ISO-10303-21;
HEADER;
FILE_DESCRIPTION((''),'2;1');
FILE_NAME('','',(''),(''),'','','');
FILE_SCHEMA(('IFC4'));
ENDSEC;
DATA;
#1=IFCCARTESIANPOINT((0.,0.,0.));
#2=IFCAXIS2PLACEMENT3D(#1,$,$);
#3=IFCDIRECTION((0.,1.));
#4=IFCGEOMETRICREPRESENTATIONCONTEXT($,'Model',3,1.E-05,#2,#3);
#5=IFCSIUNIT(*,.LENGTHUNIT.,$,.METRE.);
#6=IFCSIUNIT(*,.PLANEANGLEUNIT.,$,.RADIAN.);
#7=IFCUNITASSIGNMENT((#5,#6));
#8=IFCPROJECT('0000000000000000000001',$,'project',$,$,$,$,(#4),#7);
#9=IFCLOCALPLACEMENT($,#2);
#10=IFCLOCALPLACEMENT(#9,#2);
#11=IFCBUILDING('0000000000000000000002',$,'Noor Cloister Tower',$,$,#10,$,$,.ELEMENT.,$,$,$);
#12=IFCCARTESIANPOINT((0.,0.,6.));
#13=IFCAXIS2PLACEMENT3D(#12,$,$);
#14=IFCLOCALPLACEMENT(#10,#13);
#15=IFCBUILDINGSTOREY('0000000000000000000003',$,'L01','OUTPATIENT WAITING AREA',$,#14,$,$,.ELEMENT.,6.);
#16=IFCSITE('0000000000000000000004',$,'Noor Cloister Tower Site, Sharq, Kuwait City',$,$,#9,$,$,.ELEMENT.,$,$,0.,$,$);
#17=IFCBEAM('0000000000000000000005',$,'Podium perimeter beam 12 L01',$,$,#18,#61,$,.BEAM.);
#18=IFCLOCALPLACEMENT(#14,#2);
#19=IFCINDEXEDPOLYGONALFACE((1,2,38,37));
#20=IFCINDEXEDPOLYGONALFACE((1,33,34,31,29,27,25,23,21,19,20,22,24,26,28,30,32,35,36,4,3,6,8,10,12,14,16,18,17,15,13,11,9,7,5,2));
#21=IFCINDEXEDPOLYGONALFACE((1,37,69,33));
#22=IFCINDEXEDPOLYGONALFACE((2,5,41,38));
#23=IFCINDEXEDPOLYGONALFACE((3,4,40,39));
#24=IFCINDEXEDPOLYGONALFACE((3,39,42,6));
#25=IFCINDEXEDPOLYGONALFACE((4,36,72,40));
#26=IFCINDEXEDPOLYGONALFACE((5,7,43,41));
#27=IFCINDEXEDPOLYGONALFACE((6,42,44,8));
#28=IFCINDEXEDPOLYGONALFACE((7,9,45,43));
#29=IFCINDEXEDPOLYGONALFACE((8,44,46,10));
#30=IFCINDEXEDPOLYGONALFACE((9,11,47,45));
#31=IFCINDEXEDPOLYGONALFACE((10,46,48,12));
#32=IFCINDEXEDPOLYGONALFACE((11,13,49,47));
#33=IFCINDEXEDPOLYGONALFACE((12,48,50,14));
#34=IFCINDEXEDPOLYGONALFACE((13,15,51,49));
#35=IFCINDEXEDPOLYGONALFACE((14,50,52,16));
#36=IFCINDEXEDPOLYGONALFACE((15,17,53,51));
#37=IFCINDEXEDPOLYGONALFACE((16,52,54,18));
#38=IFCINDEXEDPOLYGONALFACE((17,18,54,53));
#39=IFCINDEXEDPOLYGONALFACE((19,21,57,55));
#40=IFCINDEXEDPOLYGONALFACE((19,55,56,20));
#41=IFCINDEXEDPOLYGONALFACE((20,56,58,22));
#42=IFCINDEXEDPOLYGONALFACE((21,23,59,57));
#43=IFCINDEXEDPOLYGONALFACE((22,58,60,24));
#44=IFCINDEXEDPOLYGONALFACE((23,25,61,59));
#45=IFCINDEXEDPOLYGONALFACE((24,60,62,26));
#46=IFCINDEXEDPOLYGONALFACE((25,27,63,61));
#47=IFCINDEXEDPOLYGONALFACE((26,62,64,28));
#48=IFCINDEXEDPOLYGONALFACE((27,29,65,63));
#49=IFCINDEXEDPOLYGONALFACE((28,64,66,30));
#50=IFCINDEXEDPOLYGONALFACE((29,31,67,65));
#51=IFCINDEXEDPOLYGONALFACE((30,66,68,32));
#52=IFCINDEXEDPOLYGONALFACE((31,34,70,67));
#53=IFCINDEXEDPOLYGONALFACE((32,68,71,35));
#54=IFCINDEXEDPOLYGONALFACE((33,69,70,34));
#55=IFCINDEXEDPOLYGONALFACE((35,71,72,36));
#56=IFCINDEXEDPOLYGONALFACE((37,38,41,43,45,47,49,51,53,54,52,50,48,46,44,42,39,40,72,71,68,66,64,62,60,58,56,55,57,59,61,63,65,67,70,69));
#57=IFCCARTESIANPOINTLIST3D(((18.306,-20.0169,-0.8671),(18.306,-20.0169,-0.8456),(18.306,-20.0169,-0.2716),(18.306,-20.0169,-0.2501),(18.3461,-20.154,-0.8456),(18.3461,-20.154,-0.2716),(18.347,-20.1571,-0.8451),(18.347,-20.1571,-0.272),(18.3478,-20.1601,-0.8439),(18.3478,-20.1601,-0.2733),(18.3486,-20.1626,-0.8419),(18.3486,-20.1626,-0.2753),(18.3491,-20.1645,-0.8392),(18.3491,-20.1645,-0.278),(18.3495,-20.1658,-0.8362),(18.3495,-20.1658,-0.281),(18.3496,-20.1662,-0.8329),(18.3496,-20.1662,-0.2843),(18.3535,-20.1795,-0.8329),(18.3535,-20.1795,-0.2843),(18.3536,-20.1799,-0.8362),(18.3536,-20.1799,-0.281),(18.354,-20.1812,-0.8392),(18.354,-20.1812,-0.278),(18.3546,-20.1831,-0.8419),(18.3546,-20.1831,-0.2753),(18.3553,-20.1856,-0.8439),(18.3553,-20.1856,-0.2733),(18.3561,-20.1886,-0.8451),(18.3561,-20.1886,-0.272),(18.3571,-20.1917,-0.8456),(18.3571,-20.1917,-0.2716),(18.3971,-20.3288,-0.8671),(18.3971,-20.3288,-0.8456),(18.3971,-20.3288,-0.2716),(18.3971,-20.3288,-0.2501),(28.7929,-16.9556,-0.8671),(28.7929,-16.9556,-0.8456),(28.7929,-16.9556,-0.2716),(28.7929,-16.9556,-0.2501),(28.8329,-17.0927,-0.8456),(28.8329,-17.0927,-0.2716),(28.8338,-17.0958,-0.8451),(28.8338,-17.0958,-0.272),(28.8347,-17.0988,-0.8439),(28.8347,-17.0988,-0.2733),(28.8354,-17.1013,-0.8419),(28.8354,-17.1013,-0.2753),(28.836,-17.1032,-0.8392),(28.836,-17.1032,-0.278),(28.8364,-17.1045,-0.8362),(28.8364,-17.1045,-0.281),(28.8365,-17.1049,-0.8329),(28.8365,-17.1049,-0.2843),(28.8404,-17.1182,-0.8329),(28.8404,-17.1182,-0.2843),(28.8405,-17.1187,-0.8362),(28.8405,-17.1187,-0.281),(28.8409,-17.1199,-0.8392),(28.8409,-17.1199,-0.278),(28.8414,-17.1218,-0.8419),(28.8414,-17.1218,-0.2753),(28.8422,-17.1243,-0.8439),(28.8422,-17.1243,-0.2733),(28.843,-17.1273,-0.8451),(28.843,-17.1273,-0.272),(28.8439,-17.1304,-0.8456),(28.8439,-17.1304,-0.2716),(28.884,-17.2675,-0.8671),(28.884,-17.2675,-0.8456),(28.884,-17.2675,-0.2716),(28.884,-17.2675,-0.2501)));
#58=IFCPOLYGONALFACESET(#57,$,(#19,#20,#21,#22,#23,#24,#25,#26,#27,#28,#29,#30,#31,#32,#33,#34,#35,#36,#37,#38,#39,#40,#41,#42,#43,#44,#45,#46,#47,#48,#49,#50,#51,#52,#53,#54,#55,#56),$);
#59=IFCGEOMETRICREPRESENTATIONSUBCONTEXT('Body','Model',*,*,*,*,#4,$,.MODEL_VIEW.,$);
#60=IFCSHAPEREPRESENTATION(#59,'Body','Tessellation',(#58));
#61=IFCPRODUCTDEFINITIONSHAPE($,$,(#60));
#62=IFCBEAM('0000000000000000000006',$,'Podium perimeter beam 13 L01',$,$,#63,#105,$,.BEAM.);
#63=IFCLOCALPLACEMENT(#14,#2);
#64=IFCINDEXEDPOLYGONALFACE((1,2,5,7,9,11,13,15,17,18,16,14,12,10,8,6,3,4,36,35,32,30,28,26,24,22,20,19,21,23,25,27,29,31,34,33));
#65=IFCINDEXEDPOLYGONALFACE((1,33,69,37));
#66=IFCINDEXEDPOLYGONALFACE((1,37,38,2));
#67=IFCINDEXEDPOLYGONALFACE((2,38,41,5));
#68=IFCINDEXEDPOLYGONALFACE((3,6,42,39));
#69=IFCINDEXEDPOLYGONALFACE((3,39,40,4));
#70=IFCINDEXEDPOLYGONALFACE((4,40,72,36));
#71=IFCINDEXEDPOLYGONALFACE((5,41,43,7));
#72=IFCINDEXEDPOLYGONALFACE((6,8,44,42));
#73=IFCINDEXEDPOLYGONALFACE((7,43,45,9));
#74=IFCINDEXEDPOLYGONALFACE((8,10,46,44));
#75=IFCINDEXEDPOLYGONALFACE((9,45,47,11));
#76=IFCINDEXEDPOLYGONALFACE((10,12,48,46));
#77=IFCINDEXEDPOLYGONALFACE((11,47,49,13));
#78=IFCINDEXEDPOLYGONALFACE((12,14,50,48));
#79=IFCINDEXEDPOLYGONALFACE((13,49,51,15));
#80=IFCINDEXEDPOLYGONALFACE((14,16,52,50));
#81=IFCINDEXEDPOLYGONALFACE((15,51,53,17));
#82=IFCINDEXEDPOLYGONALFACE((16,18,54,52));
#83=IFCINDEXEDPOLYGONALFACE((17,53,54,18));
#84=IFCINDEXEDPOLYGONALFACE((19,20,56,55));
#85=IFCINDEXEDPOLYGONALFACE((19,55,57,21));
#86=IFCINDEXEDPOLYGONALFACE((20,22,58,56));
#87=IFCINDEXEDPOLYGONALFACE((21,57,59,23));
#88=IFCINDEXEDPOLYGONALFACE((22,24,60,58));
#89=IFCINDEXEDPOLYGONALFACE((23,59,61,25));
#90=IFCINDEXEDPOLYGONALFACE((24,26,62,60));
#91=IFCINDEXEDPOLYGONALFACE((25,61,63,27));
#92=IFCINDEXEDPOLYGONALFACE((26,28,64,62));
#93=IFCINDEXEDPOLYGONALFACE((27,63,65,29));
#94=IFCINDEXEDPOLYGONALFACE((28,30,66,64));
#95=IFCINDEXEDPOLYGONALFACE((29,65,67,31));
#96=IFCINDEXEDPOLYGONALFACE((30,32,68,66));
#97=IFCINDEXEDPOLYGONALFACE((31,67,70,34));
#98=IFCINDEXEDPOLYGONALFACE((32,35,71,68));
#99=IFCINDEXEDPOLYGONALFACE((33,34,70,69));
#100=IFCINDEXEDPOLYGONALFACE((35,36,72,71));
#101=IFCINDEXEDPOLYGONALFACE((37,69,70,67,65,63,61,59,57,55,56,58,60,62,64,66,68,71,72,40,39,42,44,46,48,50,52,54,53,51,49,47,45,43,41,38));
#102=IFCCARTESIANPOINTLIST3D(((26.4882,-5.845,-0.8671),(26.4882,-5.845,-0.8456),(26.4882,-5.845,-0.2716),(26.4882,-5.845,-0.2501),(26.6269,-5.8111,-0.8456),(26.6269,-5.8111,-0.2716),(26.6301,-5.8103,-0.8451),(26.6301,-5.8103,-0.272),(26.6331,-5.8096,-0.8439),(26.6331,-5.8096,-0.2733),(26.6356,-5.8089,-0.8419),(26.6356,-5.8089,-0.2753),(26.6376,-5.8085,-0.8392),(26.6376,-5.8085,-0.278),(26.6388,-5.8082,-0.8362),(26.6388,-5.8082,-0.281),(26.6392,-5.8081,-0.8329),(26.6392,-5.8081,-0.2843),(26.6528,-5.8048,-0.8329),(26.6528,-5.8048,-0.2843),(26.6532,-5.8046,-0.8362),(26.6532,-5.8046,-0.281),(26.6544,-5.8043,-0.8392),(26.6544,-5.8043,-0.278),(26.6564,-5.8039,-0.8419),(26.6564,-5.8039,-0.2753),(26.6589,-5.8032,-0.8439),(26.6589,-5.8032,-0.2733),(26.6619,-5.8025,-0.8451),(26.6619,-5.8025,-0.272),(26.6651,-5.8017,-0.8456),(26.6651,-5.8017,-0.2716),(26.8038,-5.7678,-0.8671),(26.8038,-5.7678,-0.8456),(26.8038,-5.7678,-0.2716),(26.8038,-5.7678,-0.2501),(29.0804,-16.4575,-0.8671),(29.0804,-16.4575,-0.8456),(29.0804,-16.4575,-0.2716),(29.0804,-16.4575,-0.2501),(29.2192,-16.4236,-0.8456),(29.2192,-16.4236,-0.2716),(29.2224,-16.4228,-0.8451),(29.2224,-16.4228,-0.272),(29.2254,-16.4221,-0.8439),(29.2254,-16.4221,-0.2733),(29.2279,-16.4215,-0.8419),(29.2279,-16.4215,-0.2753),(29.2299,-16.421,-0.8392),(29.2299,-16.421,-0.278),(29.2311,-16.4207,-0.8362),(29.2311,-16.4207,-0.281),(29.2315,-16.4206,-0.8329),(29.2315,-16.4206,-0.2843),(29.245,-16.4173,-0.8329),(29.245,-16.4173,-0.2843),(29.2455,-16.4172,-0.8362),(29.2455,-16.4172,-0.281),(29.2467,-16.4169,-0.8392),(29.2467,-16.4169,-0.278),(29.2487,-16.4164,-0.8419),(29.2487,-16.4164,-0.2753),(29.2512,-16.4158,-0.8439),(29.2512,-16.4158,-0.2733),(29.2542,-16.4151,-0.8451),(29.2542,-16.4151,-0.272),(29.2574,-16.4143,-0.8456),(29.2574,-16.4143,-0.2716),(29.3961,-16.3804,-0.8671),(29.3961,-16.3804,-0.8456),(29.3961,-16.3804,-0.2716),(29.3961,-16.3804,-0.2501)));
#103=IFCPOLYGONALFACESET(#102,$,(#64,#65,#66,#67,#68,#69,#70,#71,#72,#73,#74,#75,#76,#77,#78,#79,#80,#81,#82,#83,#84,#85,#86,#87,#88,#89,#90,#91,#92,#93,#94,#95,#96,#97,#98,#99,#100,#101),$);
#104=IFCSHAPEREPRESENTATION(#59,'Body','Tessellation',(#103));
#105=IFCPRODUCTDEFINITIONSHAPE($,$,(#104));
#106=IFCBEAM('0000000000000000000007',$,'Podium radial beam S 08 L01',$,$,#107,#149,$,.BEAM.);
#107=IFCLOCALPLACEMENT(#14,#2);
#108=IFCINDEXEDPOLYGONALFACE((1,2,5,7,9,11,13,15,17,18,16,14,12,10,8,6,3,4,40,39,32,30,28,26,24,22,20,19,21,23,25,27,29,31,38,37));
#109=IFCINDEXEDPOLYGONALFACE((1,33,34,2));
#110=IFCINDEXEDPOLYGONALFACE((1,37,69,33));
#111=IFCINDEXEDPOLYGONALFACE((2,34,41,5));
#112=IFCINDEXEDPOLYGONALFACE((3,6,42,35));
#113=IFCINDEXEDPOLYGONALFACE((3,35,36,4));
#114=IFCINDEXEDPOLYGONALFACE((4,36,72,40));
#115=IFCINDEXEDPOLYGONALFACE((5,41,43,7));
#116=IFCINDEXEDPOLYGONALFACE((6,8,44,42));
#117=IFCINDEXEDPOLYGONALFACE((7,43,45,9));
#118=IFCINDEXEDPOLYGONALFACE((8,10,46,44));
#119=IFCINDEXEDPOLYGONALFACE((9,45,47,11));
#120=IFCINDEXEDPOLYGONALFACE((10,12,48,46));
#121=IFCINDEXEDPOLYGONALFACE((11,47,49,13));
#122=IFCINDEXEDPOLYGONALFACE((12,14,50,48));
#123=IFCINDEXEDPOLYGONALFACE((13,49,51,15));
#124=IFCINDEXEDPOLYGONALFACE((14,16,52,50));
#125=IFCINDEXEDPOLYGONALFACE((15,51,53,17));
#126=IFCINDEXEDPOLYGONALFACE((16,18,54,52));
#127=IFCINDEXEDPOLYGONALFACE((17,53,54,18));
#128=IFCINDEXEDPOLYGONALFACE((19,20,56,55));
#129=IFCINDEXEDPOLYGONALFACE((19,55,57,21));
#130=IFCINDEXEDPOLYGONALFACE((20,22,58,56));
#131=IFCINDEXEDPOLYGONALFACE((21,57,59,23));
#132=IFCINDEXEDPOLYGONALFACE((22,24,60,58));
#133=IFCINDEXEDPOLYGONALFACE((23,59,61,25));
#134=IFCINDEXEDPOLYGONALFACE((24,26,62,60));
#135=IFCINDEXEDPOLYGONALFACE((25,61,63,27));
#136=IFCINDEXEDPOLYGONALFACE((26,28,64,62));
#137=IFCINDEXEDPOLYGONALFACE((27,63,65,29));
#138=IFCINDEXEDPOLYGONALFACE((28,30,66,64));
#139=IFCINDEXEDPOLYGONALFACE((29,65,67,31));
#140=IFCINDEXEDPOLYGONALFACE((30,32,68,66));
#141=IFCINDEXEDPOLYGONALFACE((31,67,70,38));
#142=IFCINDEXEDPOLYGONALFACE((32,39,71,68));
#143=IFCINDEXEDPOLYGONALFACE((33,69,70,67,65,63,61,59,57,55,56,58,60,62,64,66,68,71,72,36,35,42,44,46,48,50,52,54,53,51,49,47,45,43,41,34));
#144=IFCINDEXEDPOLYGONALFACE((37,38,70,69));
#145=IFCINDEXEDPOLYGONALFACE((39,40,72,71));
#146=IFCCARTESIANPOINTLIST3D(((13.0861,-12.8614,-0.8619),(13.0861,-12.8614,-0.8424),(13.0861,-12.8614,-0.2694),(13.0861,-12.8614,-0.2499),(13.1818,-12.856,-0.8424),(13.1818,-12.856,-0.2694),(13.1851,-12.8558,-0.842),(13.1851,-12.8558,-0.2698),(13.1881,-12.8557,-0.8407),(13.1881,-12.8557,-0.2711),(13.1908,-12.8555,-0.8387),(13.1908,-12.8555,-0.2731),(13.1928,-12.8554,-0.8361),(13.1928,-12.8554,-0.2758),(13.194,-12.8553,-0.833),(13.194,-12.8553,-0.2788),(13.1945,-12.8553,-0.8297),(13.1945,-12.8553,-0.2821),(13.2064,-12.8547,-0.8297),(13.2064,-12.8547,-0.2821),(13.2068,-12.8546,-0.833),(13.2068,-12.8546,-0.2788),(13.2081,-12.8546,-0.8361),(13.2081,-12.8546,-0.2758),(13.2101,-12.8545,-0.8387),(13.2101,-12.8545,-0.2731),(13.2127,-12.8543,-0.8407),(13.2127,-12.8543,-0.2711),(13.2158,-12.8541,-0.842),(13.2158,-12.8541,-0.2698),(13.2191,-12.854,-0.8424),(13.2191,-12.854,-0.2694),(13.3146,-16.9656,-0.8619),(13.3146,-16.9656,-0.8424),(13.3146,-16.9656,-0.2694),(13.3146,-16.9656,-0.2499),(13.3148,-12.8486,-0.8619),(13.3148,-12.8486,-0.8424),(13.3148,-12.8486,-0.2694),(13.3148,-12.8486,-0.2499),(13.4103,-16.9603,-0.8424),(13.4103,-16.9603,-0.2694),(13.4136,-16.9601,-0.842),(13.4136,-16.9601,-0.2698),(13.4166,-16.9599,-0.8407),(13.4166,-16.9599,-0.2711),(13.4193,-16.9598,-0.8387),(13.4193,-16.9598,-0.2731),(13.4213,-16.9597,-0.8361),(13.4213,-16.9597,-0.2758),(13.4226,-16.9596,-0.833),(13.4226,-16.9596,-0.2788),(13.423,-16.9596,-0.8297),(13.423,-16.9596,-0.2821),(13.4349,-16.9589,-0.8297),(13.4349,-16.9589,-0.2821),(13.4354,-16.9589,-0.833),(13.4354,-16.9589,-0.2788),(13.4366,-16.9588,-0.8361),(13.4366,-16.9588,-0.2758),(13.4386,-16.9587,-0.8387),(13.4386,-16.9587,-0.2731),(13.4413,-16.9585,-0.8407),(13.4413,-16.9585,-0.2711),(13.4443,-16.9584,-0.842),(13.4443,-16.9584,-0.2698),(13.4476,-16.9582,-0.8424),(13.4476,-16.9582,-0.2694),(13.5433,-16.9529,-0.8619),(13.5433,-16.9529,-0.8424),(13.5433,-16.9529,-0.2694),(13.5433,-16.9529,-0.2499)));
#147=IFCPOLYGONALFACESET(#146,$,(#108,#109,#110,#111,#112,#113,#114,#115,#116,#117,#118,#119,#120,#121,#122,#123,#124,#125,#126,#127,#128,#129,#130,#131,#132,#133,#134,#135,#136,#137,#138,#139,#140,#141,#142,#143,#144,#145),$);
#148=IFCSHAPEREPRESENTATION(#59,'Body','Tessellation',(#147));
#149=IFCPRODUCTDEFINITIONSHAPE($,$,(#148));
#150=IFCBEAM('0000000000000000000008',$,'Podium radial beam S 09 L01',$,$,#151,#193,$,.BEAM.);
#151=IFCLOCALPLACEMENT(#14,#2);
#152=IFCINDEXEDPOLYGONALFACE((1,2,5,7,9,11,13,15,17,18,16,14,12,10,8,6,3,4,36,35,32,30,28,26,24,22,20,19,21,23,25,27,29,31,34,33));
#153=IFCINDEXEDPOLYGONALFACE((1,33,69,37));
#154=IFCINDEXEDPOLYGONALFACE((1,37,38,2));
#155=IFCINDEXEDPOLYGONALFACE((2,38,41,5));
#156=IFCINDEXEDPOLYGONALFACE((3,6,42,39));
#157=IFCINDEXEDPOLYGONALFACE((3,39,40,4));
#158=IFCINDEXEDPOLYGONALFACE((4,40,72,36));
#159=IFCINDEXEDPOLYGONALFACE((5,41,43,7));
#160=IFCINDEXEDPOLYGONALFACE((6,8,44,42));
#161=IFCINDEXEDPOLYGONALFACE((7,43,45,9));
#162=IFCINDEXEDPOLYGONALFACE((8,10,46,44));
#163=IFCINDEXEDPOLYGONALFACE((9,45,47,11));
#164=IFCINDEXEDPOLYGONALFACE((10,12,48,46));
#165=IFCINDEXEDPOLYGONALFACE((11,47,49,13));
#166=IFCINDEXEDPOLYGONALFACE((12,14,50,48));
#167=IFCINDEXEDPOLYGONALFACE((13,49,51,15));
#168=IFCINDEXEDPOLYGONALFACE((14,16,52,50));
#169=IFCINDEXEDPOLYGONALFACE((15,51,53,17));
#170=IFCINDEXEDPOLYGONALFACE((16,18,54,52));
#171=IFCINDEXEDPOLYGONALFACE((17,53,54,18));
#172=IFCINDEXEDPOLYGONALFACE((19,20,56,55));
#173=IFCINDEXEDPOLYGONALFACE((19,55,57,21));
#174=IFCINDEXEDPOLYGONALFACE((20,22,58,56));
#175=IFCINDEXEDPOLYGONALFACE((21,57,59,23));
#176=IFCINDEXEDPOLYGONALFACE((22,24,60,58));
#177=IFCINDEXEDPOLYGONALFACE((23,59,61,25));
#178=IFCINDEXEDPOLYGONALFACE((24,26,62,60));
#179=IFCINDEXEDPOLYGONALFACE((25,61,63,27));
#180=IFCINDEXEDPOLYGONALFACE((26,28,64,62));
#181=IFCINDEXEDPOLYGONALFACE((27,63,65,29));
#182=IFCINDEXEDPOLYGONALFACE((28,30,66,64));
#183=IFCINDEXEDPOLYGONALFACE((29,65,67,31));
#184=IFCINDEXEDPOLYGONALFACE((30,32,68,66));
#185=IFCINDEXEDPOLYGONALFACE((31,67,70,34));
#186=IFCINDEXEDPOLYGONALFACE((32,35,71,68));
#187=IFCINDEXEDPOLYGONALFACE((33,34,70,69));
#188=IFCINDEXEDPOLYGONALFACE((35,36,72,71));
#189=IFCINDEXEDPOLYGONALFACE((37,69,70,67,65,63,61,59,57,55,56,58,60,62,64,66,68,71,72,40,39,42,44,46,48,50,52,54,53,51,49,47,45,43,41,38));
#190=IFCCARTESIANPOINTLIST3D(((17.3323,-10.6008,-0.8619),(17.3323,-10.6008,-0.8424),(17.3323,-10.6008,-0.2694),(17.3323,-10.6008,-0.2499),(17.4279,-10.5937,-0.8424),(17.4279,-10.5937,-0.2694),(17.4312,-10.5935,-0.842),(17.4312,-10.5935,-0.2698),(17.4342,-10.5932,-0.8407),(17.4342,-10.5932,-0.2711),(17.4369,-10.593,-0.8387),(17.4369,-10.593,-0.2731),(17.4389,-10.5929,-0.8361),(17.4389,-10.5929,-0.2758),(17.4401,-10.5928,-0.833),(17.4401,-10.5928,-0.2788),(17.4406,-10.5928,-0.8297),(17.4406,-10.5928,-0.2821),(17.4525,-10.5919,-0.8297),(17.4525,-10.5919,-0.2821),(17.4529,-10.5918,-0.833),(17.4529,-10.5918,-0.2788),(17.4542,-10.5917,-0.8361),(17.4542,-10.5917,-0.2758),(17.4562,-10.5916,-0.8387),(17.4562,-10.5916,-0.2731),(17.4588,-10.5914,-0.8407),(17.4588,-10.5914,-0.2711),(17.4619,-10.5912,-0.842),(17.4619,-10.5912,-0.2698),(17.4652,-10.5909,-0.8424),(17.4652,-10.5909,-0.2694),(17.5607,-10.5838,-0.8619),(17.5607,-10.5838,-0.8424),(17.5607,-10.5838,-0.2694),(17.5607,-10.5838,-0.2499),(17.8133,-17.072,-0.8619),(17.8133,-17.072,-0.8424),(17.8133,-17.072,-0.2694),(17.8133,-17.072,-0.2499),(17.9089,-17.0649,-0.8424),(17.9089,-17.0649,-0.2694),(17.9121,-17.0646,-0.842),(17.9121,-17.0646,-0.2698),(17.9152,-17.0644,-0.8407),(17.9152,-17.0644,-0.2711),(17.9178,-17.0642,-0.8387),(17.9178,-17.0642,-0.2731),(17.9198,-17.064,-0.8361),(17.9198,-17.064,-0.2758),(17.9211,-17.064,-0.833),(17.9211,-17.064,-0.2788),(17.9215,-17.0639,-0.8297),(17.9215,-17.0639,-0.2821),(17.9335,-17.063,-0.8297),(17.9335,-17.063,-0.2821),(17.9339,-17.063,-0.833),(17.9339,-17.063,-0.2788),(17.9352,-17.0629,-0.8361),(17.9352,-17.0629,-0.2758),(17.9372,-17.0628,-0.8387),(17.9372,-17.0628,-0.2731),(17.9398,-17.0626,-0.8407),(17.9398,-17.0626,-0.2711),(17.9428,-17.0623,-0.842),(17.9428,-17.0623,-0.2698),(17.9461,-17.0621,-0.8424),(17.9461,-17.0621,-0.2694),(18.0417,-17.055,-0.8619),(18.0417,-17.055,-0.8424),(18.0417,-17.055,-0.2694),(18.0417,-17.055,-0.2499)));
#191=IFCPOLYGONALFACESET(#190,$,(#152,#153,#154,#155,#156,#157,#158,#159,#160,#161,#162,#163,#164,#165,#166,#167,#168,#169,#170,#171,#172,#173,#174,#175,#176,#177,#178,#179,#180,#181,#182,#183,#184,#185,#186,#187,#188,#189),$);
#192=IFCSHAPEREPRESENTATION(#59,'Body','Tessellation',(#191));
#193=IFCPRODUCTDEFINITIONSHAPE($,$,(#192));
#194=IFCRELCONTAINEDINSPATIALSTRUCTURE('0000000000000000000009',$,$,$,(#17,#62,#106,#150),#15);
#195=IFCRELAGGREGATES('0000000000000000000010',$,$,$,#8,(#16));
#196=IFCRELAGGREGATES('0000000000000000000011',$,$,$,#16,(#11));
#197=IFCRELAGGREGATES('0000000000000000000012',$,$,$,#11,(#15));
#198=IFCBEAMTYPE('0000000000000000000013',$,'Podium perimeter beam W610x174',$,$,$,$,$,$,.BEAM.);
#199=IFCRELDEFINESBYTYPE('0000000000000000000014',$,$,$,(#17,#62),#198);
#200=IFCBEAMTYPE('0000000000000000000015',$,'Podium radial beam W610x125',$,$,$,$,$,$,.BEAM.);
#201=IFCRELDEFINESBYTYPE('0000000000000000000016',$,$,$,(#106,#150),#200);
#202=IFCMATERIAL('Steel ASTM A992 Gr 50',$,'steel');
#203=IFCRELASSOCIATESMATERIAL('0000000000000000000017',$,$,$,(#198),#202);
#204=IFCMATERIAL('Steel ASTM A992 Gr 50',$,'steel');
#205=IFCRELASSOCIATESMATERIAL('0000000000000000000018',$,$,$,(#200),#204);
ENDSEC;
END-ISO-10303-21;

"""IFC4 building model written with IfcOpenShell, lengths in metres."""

from ifc_helpers import new_model, si_unit, direction, frame, origin, origin_2d, place, context, subcontext, project, spatial, i_section, extrude, material, material_profile, profile_set, type_object, element, save


model = new_model("IFC4")

# Units and contexts
model_context = context("Model", 3, precision=1e-05, world=origin(), true_north=direction((0.0, 1.0)))
body_context = subcontext(model_context, "Body", "Model", "MODEL_VIEW")
ifc_project = project(units=[si_unit("LENGTHUNIT", "METRE"), si_unit("PLANEANGLEUNIT", "RADIAN")], contexts=[model_context])

# Site, building, storey
site_placement = place(None, origin())
site = spatial("IfcSite", under=ifc_project, at=site_placement, Name="Noor Cloister Tower Site, Sharq, Kuwait City", CompositionType="ELEMENT", RefElevation=0.0)
building_placement = place(site_placement, origin())
building = spatial("IfcBuilding", under=site, at=building_placement, Name="Noor Cloister Tower", CompositionType="ELEMENT")
storey_placement = place(building_placement, frame((0.0, 0.0, 6.0)))
storey = spatial("IfcBuildingStorey", under=building, at=storey_placement, Name="L01", Description="OUTPATIENT WAITING AREA", CompositionType="ELEMENT", Elevation=6.0)

# Beams
ifc_material_1 = material(Name="Steel ASTM A992 Gr 50", Category="steel")
ifc_material_profile_1 = material_profile(ifc_material_1, i_section(OverallWidth=0.325, OverallDepth=0.6169, WebThickness=0.0139, FlangeThickness=0.0215, FilletRadius=0.0127, at=origin_2d()), Name="W610x174")
ifc_profile_set_1 = profile_set([ifc_material_profile_1], Name="Steel ASTM A992 Gr 50")
beam_type_1 = type_object("IfcBeamType", Name="Podium perimeter beam W610x174", PredefinedType="BEAM", material=ifc_profile_set_1)
for number, where, z_axis, x_axis, name in (
    (1, (18.3516, -20.1729, -0.5586), (0.959935, 0.280221, 0.0), (-0.280221, 0.959935, 0.0), "Podium perimeter beam 12 L01"),
    (2, (29.2383, -16.4189, -0.5586), (-0.23729, 0.971439, 0.0), (-0.971439, -0.23729, 0.0), "Podium perimeter beam 13 L01"),
):
    element("IfcBeam", number, at=place(storey_placement, frame(where, z_axis=z_axis, x_axis=x_axis)), inside=storey, type_object=beam_type_1, Name=name, PredefinedType="BEAM", context=body_context, shape_type="SweptSolid", body=[
        extrude(i_section(OverallWidth=0.325, OverallDepth=0.6169, WebThickness=0.0139, FlangeThickness=0.0215, FilletRadius=0.0127, at=origin_2d()), origin(), (0.0, 0.0, 1.0), 10.9246),
    ])
ifc_material_2 = material(Name="Steel ASTM A992 Gr 50", Category="steel")
ifc_material_profile_2 = material_profile(ifc_material_2, i_section(OverallWidth=0.229, OverallDepth=0.6121, WebThickness=0.012, FlangeThickness=0.0195, FilletRadius=0.0127, at=origin_2d()), Name="W610x125")
ifc_profile_set_2 = profile_set([ifc_material_profile_2], Name="Steel ASTM A992 Gr 50")
beam_type_2 = type_object("IfcBeamType", Name="Podium radial beam W610x125", PredefinedType="BEAM", material=ifc_profile_set_2)
beam_1_placement = place(storey_placement, frame((13.429, -16.9592, -0.5559), z_axis=(-0.055592, 0.998454, 0.0), x_axis=(-0.998454, -0.055592, 0.0)))
element("IfcBeam", 3, at=beam_1_placement, inside=storey, type_object=beam_type_2, Name="Podium radial beam S 08 L01", PredefinedType="BEAM", context=body_context, shape_type="SweptSolid", body=[
    extrude(i_section(OverallWidth=0.229, OverallDepth=0.6121, WebThickness=0.012, FlangeThickness=0.0195, FilletRadius=0.0127, at=origin_2d()), origin(), (0.0, 0.0, 1.0), 4.1106),
])
beam_2_placement = place(storey_placement, frame((17.9275, -17.0635, -0.5559), z_axis=(-0.074118, 0.997249, 0.0), x_axis=(-0.997249, -0.074118, 0.0)))
element("IfcBeam", 4, at=beam_2_placement, inside=storey, type_object=beam_type_2, Name="Podium radial beam S 09 L01", PredefinedType="BEAM", context=body_context, shape_type="SweptSolid", body=[
    extrude(i_section(OverallWidth=0.229, OverallDepth=0.6121, WebThickness=0.012, FlangeThickness=0.0195, FilletRadius=0.0127, at=origin_2d()), origin(), (0.0, 0.0, 1.0), 6.489),
])

save(model, "model.ifc")
